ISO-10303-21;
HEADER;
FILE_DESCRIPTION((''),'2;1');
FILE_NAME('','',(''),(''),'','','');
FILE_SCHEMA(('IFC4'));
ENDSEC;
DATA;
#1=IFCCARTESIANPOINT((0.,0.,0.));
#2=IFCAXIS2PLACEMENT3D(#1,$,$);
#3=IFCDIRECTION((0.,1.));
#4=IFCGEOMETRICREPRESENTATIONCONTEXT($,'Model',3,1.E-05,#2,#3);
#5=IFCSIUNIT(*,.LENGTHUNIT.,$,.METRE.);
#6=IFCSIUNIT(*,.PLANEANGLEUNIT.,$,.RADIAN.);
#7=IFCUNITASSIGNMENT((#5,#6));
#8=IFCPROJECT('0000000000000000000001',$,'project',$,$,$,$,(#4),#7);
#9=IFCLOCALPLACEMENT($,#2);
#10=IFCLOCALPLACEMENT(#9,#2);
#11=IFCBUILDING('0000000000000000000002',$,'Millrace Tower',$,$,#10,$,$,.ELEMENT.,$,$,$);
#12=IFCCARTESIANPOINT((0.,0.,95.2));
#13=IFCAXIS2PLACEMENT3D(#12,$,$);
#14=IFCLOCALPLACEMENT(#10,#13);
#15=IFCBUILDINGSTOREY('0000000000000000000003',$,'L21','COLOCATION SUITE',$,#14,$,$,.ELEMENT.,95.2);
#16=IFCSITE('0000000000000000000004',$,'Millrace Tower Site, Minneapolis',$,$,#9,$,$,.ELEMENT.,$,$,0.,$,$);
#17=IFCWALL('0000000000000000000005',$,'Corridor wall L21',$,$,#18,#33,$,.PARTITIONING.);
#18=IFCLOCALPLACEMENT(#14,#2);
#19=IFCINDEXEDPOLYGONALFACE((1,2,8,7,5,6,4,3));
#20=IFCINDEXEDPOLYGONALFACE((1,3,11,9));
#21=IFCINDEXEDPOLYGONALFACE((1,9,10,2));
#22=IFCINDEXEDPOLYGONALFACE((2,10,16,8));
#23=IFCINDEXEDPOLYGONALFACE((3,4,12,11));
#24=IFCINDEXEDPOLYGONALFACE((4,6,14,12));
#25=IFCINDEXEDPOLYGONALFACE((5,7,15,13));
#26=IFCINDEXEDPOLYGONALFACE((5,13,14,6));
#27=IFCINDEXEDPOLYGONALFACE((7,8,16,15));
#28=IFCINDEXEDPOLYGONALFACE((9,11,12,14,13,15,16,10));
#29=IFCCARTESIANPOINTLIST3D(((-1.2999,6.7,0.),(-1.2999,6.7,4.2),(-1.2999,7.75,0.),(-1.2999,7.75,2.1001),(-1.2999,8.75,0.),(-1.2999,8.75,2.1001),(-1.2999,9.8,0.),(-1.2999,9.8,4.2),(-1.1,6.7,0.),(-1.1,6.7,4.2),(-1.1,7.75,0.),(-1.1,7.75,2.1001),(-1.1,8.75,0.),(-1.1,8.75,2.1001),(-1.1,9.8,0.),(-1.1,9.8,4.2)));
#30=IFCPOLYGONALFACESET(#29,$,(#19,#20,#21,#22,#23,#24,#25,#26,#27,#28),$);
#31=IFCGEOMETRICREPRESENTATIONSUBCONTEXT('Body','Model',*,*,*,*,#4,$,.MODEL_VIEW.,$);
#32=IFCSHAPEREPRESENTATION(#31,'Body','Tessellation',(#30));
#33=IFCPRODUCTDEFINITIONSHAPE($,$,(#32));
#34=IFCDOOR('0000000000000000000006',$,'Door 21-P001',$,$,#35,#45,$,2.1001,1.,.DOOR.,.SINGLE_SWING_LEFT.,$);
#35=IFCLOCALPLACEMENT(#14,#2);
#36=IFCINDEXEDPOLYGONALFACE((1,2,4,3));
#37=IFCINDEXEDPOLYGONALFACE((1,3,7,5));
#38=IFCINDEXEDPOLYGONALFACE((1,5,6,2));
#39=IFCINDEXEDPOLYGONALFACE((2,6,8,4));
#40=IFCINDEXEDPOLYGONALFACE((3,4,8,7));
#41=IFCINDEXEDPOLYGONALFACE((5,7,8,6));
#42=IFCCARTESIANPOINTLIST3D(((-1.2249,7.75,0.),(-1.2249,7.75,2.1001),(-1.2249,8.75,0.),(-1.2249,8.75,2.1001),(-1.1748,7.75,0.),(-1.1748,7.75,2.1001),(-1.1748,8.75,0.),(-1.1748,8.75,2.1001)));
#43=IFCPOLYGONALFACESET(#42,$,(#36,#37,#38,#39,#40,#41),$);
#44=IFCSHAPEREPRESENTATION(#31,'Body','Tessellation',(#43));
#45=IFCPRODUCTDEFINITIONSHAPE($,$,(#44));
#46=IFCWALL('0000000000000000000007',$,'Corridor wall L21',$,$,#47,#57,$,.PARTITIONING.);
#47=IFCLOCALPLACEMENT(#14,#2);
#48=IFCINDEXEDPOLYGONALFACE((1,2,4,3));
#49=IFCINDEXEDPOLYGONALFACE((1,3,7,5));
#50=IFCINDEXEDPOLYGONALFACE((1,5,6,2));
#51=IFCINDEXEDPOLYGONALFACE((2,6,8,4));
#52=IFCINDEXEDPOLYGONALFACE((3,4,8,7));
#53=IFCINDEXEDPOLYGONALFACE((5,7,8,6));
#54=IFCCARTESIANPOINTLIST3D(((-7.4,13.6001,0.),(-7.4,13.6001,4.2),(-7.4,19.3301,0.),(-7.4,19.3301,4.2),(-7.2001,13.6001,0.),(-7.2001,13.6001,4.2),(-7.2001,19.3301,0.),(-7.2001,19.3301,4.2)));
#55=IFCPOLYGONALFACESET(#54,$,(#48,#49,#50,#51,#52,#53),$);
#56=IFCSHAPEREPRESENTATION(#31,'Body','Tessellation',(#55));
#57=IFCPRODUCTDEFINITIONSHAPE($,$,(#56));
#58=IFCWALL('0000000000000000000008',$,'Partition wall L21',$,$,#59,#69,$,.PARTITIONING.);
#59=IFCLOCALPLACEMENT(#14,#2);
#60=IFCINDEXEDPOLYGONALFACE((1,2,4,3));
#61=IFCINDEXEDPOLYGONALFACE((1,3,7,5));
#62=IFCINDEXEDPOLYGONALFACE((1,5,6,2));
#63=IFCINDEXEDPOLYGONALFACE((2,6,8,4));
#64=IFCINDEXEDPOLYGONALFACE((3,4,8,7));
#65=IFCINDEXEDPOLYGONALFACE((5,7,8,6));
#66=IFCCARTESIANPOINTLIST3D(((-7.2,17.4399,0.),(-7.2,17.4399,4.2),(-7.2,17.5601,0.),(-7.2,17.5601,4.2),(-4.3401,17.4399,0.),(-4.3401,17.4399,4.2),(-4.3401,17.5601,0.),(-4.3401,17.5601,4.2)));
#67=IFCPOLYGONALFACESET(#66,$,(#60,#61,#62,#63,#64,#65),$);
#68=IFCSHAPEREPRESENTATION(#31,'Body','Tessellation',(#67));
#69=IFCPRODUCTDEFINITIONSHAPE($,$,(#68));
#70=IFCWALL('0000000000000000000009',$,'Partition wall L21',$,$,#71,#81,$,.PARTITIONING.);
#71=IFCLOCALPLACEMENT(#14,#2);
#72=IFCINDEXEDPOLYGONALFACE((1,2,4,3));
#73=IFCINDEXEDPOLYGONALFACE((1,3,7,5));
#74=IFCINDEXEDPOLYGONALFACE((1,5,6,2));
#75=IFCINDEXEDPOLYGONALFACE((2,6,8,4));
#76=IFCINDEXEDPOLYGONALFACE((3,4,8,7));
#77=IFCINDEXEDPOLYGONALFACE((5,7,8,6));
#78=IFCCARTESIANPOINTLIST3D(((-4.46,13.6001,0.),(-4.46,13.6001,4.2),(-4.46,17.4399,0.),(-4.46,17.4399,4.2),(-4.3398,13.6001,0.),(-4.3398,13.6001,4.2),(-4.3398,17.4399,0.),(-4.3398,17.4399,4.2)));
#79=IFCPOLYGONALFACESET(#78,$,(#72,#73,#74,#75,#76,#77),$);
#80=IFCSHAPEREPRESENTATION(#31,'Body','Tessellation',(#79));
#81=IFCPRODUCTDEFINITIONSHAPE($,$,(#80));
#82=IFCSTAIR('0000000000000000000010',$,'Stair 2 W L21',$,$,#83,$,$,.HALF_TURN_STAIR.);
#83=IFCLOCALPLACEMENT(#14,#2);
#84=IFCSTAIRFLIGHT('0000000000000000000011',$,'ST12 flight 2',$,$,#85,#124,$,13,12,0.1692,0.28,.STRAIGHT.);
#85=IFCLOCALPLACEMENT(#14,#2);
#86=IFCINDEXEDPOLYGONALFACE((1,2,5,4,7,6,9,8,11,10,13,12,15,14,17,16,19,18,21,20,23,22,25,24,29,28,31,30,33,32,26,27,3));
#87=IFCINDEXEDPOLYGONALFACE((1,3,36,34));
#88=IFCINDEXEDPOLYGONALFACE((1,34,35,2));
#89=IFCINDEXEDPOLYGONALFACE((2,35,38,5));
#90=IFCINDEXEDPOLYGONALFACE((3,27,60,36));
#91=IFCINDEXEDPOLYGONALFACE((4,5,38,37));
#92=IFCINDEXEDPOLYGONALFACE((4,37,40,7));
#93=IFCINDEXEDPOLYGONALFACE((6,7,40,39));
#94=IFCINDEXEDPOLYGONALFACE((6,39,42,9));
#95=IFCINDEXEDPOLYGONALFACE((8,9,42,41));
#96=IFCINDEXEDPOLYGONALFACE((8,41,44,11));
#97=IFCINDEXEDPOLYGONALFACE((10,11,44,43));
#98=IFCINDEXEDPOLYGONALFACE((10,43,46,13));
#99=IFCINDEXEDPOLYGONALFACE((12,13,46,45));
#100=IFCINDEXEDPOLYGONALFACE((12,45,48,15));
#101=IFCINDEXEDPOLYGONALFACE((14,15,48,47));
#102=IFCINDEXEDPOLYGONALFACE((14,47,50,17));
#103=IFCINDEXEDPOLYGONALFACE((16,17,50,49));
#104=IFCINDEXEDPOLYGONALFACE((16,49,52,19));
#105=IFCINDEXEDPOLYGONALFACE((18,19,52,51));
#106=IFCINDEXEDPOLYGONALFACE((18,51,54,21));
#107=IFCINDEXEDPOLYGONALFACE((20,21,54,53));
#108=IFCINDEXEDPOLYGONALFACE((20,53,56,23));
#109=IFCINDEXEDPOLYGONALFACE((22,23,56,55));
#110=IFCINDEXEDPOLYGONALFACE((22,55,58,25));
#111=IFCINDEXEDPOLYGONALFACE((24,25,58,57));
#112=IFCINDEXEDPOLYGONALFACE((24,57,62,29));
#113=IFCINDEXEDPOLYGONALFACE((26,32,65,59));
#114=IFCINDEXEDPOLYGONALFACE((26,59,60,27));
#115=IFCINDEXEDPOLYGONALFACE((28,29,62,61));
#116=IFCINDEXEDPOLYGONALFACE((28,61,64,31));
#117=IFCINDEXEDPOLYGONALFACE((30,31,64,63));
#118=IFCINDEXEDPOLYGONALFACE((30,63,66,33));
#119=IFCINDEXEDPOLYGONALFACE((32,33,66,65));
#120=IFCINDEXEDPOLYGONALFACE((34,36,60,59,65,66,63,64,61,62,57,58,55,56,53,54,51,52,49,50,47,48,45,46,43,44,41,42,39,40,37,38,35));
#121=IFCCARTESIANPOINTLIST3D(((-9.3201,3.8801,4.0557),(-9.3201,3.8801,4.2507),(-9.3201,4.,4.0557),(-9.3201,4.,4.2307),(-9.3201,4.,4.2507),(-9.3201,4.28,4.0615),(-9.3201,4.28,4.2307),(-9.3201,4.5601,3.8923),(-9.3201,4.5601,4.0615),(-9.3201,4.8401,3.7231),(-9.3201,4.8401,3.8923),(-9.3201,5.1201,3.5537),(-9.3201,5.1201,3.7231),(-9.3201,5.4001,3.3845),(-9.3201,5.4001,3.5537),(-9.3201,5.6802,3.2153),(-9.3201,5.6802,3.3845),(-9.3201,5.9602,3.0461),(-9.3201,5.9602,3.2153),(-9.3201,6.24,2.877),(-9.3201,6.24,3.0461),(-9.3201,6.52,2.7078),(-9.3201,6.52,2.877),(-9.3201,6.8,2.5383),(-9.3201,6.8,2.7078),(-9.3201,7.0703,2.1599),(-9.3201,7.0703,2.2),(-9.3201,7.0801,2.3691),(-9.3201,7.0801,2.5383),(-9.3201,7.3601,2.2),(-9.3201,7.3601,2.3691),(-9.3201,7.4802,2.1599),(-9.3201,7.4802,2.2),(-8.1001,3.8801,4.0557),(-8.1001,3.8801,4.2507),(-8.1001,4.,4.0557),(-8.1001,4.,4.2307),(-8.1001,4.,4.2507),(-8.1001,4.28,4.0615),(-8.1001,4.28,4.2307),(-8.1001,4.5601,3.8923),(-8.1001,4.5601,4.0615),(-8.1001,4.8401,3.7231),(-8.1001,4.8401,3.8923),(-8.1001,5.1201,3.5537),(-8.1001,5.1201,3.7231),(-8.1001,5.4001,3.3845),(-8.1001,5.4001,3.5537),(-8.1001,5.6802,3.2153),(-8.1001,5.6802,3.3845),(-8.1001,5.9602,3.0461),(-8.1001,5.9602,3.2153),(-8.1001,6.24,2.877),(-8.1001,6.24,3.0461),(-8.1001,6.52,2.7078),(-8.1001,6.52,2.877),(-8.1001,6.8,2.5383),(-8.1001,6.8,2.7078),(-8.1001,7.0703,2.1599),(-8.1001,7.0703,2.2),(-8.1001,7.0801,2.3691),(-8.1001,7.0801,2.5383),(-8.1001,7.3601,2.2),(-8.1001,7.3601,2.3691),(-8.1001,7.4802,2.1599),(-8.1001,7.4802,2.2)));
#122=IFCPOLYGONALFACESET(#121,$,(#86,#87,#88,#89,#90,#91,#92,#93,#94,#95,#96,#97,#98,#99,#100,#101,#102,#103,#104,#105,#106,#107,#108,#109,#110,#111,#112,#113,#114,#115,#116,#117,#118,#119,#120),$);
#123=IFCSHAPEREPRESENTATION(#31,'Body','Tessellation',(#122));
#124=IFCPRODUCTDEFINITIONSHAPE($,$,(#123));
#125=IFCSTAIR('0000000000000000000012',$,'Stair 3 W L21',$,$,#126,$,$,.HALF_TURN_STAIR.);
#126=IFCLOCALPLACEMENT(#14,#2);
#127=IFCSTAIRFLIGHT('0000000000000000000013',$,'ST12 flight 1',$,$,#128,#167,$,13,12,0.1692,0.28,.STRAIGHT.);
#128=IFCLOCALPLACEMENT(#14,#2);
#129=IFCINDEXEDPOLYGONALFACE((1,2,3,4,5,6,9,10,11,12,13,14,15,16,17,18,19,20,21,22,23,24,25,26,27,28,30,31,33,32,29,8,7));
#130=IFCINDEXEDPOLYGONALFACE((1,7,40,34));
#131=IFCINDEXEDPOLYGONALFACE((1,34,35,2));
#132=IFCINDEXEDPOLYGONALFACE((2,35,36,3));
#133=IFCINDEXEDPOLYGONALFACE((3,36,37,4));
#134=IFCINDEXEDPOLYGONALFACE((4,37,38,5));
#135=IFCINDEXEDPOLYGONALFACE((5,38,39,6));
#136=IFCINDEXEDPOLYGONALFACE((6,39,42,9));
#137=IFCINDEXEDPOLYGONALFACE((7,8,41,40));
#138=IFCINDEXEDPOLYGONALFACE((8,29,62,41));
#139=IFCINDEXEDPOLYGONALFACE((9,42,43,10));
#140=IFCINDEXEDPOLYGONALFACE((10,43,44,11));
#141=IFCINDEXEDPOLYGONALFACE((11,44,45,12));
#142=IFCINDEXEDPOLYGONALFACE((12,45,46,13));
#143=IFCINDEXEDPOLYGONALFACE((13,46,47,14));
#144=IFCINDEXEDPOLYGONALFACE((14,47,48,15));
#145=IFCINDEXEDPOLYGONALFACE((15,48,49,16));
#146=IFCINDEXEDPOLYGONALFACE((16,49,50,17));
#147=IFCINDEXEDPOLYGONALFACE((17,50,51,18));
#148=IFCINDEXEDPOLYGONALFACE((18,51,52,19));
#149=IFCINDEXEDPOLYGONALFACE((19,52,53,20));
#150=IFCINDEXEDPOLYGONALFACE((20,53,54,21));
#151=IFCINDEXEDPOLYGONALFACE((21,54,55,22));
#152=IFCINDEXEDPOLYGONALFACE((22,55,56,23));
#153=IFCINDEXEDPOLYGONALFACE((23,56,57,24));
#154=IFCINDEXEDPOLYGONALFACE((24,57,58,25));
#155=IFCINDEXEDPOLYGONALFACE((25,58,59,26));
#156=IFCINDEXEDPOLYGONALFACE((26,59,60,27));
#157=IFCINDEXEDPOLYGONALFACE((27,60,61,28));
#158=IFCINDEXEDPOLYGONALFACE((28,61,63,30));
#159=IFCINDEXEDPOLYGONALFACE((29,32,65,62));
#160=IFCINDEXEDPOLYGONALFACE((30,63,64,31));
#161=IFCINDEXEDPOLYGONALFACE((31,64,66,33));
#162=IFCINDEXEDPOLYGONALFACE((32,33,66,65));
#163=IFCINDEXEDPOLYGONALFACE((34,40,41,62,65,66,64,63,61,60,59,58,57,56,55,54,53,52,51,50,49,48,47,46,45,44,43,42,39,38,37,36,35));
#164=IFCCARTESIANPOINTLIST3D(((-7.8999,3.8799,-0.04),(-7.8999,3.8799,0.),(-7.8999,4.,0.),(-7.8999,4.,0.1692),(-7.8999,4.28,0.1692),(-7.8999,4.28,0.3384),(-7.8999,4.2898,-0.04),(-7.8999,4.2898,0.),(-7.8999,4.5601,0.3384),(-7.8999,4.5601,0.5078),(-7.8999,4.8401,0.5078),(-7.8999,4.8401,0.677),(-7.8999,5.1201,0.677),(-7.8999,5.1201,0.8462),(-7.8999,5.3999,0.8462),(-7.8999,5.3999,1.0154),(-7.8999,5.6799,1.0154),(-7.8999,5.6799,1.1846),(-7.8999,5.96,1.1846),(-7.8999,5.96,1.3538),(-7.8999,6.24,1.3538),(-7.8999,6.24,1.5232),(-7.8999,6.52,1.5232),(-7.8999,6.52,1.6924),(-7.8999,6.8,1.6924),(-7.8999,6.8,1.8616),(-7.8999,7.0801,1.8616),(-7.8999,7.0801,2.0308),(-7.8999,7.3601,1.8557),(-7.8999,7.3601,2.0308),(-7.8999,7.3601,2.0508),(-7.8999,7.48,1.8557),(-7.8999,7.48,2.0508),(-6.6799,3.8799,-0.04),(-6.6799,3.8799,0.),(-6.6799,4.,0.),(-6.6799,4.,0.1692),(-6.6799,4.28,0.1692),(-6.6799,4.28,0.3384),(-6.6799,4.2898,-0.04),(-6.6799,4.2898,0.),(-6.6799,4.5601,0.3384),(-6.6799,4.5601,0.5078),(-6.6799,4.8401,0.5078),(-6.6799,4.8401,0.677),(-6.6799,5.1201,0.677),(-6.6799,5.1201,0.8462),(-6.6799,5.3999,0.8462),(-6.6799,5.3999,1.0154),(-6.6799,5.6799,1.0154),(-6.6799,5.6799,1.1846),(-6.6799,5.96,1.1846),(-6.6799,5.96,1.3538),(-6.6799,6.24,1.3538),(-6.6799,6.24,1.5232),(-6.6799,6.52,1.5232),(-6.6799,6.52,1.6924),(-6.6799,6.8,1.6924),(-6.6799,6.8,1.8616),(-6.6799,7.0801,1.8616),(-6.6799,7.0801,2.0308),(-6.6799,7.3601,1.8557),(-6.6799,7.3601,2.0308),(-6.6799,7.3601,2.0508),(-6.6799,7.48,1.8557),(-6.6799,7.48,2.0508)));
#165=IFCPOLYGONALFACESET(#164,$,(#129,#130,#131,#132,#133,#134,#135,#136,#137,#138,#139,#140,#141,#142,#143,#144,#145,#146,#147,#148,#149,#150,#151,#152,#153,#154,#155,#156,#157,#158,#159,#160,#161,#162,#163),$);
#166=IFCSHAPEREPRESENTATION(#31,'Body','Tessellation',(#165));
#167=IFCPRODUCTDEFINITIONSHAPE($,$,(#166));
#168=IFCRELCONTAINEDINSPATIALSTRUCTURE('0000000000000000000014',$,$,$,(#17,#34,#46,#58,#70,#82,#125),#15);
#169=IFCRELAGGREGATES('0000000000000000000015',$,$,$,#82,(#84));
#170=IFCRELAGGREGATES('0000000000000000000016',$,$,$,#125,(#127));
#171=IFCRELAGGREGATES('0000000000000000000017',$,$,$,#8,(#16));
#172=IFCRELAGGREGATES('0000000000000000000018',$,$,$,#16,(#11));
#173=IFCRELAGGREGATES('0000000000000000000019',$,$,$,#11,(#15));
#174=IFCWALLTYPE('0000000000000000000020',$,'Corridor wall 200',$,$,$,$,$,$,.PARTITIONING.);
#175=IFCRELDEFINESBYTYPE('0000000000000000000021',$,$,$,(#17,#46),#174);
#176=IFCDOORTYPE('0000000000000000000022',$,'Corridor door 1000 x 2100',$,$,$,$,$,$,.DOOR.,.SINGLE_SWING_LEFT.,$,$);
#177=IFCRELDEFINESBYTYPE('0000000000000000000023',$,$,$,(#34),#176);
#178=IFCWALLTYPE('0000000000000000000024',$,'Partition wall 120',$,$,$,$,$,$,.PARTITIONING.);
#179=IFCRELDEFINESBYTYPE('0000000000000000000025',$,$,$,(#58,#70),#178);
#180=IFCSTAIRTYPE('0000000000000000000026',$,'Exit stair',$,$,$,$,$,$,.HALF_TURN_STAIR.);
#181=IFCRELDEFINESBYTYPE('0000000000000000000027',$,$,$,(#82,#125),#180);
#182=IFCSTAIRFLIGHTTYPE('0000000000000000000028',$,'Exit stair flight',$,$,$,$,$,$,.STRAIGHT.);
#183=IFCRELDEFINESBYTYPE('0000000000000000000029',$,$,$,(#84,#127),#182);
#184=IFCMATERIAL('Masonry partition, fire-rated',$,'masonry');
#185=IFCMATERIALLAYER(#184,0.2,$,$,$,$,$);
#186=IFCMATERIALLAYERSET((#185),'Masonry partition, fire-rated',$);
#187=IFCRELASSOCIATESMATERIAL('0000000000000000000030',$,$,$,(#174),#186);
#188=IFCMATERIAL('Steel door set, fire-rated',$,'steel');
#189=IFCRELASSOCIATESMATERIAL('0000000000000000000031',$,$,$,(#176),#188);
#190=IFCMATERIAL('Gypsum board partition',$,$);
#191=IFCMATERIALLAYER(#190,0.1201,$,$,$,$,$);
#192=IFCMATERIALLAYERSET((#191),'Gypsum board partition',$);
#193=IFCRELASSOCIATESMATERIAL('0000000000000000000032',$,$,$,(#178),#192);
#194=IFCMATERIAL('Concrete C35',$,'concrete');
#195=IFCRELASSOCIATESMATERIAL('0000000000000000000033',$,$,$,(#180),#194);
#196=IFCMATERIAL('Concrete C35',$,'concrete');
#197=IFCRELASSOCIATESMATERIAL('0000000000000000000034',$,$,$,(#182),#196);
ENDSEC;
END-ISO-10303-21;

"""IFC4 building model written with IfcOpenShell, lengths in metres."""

from ifc_helpers import new_model, si_unit, direction, frame, frame_2d, origin, place, context, subcontext, project, spatial, polyline, rectangle, outline, extrude, material, layer, layer_set, type_object, element, fill, aggregate, save


model = new_model("IFC4")

# Units and contexts
model_context = context("Model", 3, precision=1e-05, world=origin(), true_north=direction((0.0, 1.0)))
body_context = subcontext(model_context, "Body", "Model", "MODEL_VIEW")
ifc_project = project(units=[si_unit("LENGTHUNIT", "METRE"), si_unit("PLANEANGLEUNIT", "RADIAN")], contexts=[model_context])

# Site, building, storey
site_placement = place(None, origin())
site = spatial("IfcSite", under=ifc_project, at=site_placement, Name="Millrace Tower Site, Minneapolis", CompositionType="ELEMENT", RefElevation=0.0)
building_placement = place(site_placement, origin())
building = spatial("IfcBuilding", under=site, at=building_placement, Name="Millrace Tower", CompositionType="ELEMENT")
storey_placement = place(building_placement, frame((0.0, 0.0, 95.2)))
storey = spatial("IfcBuildingStorey", under=building, at=storey_placement, Name="L21", Description="COLOCATION SUITE", CompositionType="ELEMENT", Elevation=95.2)

# Shared definitions
placement = place(storey_placement, origin())

# Shared definitions
ifc_material_1 = material(Name="Masonry partition, fire-rated", Category="masonry")
ifc_layer_1 = layer(ifc_material_1, 0.2)
ifc_layer_set_1 = layer_set([ifc_layer_1], Name="Masonry partition, fire-rated")
wall_type_1 = type_object("IfcWallType", Name="Corridor wall 200", PredefinedType="PARTITIONING", material=ifc_layer_set_1)

# Wall, opening, door
wall_1_placement = place(storey_placement, frame((-1.2, 6.7, 0.0), z_axis=(0.0, 0.0, 1.0), x_axis=(0.0, 1.0, 0.0)))
wall_1 = element("IfcWall", 1, at=wall_1_placement, inside=storey, type_object=wall_type_1, Name="Corridor wall L21", PredefinedType="PARTITIONING", context=body_context, shape_type="SweptSolid", body=[
    extrude(rectangle(XDim=3.1001, YDim=0.2, at=frame_2d((1.55, 0.0))), origin(), (0.0, 0.0, 1.0), 4.2),
])
opening_placement = place(wall_1_placement, frame((1.05, 0.0, 0.0)))
opening = element("IfcOpeningElement", 2, at=opening_placement, cuts=wall_1, PredefinedType="OPENING", context=body_context, shape_type="SweptSolid", body=[
    extrude(rectangle(XDim=1.0, YDim=2.1001, at=frame_2d((0.5, 1.05))), frame((0.0, 0.1099, 0.0), z_axis=(0.0, -1.0, 0.0), x_axis=(1.0, 0.0, 0.0)), (0.0, 0.0, 1.0), 0.22),
])
ifc_material_2 = material(Name="Steel door set, fire-rated", Category="steel")
door_type = type_object("IfcDoorType", Name="Corridor door 1000 x 2100", OperationType="SINGLE_SWING_LEFT", PredefinedType="DOOR", material=ifc_material_2)
door_placement = place(opening_placement, origin())
door = element("IfcDoor", 3, at=door_placement, inside=storey, type_object=door_type, Name="Door 21-P001", OperationType="SINGLE_SWING_LEFT", OverallHeight=2.1001, OverallWidth=1.0, PredefinedType="DOOR", context=body_context, shape_type="SweptSolid", body=[
    extrude(rectangle(XDim=1.0, YDim=2.1001, at=frame_2d((0.5, 1.05))), frame((0.0, 0.0249, 0.0), z_axis=(0.0, -1.0, 0.0), x_axis=(1.0, 0.0, 0.0)), (0.0, 0.0, 1.0), 0.05),
])
fill(opening, door)

# Walls
wall_2_placement = place(storey_placement, frame((-7.3, 13.6001, 0.0), z_axis=(0.0, 0.0, 1.0), x_axis=(0.0, 1.0, 0.0)))
element("IfcWall", 4, at=wall_2_placement, inside=storey, type_object=wall_type_1, Name="Corridor wall L21", PredefinedType="PARTITIONING", context=body_context, shape_type="SweptSolid", body=[
    extrude(rectangle(XDim=5.73, YDim=0.2, at=frame_2d((2.865, 0.0))), origin(), (0.0, 0.0, 1.0), 4.2),
])
ifc_material_3 = material(Name="Gypsum board partition")
ifc_layer_2 = layer(ifc_material_3, 0.1201)
ifc_layer_set_2 = layer_set([ifc_layer_2], Name="Gypsum board partition")
wall_type_2 = type_object("IfcWallType", Name="Partition wall 120", PredefinedType="PARTITIONING", material=ifc_layer_set_2)
wall_3_placement = place(storey_placement, frame((-7.2, 17.5, 0.0), z_axis=(0.0, 0.0, 1.0), x_axis=(1.0, 0.0, 0.0)))
element("IfcWall", 5, at=wall_3_placement, inside=storey, type_object=wall_type_2, Name="Partition wall L21", PredefinedType="PARTITIONING", context=body_context, shape_type="SweptSolid", body=[
    extrude(rectangle(XDim=2.8599, YDim=0.1201, at=frame_2d((1.4299, 0.0))), origin(), (0.0, 0.0, 1.0), 4.2),
])
wall_4_placement = place(storey_placement, frame((-4.3999, 13.6001, 0.0), z_axis=(0.0, 0.0, 1.0), x_axis=(0.0, 1.0, 0.0)))
element("IfcWall", 6, at=wall_4_placement, inside=storey, type_object=wall_type_2, Name="Partition wall L21", PredefinedType="PARTITIONING", context=body_context, shape_type="SweptSolid", body=[
    extrude(rectangle(XDim=3.8398, YDim=0.1201, at=frame_2d((1.9199, 0.0))), origin(), (0.0, 0.0, 1.0), 4.2),
])

# Stair, stair flight
ifc_material_4 = material(Name="Concrete C35", Category="concrete")
stair_type = type_object("IfcStairType", Name="Exit stair", PredefinedType="HALF_TURN_STAIR", material=ifc_material_4)
stair_1 = element("IfcStair", 7, at=placement, inside=storey, type_object=stair_type, Name="Stair 2 W L21", PredefinedType="HALF_TURN_STAIR")
ifc_material_5 = material(Name="Concrete C35", Category="concrete")
stair_flight_type = type_object("IfcStairFlightType", Name="Exit stair flight", PredefinedType="STRAIGHT", material=ifc_material_5)
stair_flight_1_placement = place(storey_placement, frame((-8.71, 7.3601, 2.2), z_axis=(0.0, 0.0, 1.0), x_axis=(0.0, -1.0, 0.0)))
stair_flight_1 = element("IfcStairFlight", 8, at=stair_flight_1_placement, type_object=stair_flight_type, Name="ST12 flight 2", NumberOfRisers=13, NumberOfTreads=12, PredefinedType="STRAIGHT", RiserHeight=0.1692, TreadLength=0.28, context=body_context, shape_type="SweptSolid", body=[
    extrude(outline(polyline([(-0.1201, -0.04), (-0.1201, 0.0), (0.0, 0.0), (0.0, 0.1692), (0.28, 0.1692), (0.28, 0.3384), (0.5601, 0.3384), (0.5601, 0.5078), (0.8401, 0.5078), (0.8401, 0.677), (1.1201, 0.677), (1.1201, 0.8462), (1.3999, 0.8462), (1.3999, 1.0154), (1.6799, 1.0154), (1.6799, 1.1846), (1.96, 1.1846), (1.96, 1.3538), (2.24, 1.3538), (2.24, 1.5232), (2.52, 1.5232), (2.52, 1.6924), (2.8, 1.6924), (2.8, 1.8616), (3.0801, 1.8616), (3.0801, 2.0308), (3.3601, 2.0308), (3.3601, 2.0508), (3.48, 2.0508), (3.48, 1.8557), (3.3601, 1.8557), (0.2898, 0.0), (0.2898, -0.04), (-0.1201, -0.04)])), frame((0.0, 0.6099, 0.0), z_axis=(0.0, -1.0, 0.0), x_axis=(1.0, 0.0, 0.0)), (0.0, 0.0, 1.0), 1.22),
])
aggregate(stair_1, [stair_flight_1])

# Stair, stair flight
stair_2 = element("IfcStair", 9, at=placement, inside=storey, type_object=stair_type, Name="Stair 3 W L21", PredefinedType="HALF_TURN_STAIR")
stair_flight_2_placement = place(storey_placement, frame((-7.29, 4.0, 0.0), z_axis=(0.0, 0.0, 1.0), x_axis=(0.0, 1.0, 0.0)))
stair_flight_2 = element("IfcStairFlight", 10, at=stair_flight_2_placement, type_object=stair_flight_type, Name="ST12 flight 1", NumberOfRisers=13, NumberOfTreads=12, PredefinedType="STRAIGHT", RiserHeight=0.1692, TreadLength=0.28, context=body_context, shape_type="SweptSolid", body=[
    extrude(outline(polyline([(-0.1201, -0.04), (-0.1201, 0.0), (0.0, 0.0), (0.0, 0.1692), (0.28, 0.1692), (0.28, 0.3384), (0.5601, 0.3384), (0.5601, 0.5078), (0.8401, 0.5078), (0.8401, 0.677), (1.1201, 0.677), (1.1201, 0.8462), (1.3999, 0.8462), (1.3999, 1.0154), (1.6799, 1.0154), (1.6799, 1.1846), (1.96, 1.1846), (1.96, 1.3538), (2.24, 1.3538), (2.24, 1.5232), (2.52, 1.5232), (2.52, 1.6924), (2.8, 1.6924), (2.8, 1.8616), (3.0801, 1.8616), (3.0801, 2.0308), (3.3601, 2.0308), (3.3601, 2.0508), (3.48, 2.0508), (3.48, 1.8557), (3.3601, 1.8557), (0.2898, 0.0), (0.2898, -0.04), (-0.1201, -0.04)])), frame((0.0, 0.6099, 0.0), z_axis=(0.0, -1.0, 0.0), x_axis=(1.0, 0.0, 0.0)), (0.0, 0.0, 1.0), 1.22),
])
aggregate(stair_2, [stair_flight_2])

save(model, "model.ifc")
